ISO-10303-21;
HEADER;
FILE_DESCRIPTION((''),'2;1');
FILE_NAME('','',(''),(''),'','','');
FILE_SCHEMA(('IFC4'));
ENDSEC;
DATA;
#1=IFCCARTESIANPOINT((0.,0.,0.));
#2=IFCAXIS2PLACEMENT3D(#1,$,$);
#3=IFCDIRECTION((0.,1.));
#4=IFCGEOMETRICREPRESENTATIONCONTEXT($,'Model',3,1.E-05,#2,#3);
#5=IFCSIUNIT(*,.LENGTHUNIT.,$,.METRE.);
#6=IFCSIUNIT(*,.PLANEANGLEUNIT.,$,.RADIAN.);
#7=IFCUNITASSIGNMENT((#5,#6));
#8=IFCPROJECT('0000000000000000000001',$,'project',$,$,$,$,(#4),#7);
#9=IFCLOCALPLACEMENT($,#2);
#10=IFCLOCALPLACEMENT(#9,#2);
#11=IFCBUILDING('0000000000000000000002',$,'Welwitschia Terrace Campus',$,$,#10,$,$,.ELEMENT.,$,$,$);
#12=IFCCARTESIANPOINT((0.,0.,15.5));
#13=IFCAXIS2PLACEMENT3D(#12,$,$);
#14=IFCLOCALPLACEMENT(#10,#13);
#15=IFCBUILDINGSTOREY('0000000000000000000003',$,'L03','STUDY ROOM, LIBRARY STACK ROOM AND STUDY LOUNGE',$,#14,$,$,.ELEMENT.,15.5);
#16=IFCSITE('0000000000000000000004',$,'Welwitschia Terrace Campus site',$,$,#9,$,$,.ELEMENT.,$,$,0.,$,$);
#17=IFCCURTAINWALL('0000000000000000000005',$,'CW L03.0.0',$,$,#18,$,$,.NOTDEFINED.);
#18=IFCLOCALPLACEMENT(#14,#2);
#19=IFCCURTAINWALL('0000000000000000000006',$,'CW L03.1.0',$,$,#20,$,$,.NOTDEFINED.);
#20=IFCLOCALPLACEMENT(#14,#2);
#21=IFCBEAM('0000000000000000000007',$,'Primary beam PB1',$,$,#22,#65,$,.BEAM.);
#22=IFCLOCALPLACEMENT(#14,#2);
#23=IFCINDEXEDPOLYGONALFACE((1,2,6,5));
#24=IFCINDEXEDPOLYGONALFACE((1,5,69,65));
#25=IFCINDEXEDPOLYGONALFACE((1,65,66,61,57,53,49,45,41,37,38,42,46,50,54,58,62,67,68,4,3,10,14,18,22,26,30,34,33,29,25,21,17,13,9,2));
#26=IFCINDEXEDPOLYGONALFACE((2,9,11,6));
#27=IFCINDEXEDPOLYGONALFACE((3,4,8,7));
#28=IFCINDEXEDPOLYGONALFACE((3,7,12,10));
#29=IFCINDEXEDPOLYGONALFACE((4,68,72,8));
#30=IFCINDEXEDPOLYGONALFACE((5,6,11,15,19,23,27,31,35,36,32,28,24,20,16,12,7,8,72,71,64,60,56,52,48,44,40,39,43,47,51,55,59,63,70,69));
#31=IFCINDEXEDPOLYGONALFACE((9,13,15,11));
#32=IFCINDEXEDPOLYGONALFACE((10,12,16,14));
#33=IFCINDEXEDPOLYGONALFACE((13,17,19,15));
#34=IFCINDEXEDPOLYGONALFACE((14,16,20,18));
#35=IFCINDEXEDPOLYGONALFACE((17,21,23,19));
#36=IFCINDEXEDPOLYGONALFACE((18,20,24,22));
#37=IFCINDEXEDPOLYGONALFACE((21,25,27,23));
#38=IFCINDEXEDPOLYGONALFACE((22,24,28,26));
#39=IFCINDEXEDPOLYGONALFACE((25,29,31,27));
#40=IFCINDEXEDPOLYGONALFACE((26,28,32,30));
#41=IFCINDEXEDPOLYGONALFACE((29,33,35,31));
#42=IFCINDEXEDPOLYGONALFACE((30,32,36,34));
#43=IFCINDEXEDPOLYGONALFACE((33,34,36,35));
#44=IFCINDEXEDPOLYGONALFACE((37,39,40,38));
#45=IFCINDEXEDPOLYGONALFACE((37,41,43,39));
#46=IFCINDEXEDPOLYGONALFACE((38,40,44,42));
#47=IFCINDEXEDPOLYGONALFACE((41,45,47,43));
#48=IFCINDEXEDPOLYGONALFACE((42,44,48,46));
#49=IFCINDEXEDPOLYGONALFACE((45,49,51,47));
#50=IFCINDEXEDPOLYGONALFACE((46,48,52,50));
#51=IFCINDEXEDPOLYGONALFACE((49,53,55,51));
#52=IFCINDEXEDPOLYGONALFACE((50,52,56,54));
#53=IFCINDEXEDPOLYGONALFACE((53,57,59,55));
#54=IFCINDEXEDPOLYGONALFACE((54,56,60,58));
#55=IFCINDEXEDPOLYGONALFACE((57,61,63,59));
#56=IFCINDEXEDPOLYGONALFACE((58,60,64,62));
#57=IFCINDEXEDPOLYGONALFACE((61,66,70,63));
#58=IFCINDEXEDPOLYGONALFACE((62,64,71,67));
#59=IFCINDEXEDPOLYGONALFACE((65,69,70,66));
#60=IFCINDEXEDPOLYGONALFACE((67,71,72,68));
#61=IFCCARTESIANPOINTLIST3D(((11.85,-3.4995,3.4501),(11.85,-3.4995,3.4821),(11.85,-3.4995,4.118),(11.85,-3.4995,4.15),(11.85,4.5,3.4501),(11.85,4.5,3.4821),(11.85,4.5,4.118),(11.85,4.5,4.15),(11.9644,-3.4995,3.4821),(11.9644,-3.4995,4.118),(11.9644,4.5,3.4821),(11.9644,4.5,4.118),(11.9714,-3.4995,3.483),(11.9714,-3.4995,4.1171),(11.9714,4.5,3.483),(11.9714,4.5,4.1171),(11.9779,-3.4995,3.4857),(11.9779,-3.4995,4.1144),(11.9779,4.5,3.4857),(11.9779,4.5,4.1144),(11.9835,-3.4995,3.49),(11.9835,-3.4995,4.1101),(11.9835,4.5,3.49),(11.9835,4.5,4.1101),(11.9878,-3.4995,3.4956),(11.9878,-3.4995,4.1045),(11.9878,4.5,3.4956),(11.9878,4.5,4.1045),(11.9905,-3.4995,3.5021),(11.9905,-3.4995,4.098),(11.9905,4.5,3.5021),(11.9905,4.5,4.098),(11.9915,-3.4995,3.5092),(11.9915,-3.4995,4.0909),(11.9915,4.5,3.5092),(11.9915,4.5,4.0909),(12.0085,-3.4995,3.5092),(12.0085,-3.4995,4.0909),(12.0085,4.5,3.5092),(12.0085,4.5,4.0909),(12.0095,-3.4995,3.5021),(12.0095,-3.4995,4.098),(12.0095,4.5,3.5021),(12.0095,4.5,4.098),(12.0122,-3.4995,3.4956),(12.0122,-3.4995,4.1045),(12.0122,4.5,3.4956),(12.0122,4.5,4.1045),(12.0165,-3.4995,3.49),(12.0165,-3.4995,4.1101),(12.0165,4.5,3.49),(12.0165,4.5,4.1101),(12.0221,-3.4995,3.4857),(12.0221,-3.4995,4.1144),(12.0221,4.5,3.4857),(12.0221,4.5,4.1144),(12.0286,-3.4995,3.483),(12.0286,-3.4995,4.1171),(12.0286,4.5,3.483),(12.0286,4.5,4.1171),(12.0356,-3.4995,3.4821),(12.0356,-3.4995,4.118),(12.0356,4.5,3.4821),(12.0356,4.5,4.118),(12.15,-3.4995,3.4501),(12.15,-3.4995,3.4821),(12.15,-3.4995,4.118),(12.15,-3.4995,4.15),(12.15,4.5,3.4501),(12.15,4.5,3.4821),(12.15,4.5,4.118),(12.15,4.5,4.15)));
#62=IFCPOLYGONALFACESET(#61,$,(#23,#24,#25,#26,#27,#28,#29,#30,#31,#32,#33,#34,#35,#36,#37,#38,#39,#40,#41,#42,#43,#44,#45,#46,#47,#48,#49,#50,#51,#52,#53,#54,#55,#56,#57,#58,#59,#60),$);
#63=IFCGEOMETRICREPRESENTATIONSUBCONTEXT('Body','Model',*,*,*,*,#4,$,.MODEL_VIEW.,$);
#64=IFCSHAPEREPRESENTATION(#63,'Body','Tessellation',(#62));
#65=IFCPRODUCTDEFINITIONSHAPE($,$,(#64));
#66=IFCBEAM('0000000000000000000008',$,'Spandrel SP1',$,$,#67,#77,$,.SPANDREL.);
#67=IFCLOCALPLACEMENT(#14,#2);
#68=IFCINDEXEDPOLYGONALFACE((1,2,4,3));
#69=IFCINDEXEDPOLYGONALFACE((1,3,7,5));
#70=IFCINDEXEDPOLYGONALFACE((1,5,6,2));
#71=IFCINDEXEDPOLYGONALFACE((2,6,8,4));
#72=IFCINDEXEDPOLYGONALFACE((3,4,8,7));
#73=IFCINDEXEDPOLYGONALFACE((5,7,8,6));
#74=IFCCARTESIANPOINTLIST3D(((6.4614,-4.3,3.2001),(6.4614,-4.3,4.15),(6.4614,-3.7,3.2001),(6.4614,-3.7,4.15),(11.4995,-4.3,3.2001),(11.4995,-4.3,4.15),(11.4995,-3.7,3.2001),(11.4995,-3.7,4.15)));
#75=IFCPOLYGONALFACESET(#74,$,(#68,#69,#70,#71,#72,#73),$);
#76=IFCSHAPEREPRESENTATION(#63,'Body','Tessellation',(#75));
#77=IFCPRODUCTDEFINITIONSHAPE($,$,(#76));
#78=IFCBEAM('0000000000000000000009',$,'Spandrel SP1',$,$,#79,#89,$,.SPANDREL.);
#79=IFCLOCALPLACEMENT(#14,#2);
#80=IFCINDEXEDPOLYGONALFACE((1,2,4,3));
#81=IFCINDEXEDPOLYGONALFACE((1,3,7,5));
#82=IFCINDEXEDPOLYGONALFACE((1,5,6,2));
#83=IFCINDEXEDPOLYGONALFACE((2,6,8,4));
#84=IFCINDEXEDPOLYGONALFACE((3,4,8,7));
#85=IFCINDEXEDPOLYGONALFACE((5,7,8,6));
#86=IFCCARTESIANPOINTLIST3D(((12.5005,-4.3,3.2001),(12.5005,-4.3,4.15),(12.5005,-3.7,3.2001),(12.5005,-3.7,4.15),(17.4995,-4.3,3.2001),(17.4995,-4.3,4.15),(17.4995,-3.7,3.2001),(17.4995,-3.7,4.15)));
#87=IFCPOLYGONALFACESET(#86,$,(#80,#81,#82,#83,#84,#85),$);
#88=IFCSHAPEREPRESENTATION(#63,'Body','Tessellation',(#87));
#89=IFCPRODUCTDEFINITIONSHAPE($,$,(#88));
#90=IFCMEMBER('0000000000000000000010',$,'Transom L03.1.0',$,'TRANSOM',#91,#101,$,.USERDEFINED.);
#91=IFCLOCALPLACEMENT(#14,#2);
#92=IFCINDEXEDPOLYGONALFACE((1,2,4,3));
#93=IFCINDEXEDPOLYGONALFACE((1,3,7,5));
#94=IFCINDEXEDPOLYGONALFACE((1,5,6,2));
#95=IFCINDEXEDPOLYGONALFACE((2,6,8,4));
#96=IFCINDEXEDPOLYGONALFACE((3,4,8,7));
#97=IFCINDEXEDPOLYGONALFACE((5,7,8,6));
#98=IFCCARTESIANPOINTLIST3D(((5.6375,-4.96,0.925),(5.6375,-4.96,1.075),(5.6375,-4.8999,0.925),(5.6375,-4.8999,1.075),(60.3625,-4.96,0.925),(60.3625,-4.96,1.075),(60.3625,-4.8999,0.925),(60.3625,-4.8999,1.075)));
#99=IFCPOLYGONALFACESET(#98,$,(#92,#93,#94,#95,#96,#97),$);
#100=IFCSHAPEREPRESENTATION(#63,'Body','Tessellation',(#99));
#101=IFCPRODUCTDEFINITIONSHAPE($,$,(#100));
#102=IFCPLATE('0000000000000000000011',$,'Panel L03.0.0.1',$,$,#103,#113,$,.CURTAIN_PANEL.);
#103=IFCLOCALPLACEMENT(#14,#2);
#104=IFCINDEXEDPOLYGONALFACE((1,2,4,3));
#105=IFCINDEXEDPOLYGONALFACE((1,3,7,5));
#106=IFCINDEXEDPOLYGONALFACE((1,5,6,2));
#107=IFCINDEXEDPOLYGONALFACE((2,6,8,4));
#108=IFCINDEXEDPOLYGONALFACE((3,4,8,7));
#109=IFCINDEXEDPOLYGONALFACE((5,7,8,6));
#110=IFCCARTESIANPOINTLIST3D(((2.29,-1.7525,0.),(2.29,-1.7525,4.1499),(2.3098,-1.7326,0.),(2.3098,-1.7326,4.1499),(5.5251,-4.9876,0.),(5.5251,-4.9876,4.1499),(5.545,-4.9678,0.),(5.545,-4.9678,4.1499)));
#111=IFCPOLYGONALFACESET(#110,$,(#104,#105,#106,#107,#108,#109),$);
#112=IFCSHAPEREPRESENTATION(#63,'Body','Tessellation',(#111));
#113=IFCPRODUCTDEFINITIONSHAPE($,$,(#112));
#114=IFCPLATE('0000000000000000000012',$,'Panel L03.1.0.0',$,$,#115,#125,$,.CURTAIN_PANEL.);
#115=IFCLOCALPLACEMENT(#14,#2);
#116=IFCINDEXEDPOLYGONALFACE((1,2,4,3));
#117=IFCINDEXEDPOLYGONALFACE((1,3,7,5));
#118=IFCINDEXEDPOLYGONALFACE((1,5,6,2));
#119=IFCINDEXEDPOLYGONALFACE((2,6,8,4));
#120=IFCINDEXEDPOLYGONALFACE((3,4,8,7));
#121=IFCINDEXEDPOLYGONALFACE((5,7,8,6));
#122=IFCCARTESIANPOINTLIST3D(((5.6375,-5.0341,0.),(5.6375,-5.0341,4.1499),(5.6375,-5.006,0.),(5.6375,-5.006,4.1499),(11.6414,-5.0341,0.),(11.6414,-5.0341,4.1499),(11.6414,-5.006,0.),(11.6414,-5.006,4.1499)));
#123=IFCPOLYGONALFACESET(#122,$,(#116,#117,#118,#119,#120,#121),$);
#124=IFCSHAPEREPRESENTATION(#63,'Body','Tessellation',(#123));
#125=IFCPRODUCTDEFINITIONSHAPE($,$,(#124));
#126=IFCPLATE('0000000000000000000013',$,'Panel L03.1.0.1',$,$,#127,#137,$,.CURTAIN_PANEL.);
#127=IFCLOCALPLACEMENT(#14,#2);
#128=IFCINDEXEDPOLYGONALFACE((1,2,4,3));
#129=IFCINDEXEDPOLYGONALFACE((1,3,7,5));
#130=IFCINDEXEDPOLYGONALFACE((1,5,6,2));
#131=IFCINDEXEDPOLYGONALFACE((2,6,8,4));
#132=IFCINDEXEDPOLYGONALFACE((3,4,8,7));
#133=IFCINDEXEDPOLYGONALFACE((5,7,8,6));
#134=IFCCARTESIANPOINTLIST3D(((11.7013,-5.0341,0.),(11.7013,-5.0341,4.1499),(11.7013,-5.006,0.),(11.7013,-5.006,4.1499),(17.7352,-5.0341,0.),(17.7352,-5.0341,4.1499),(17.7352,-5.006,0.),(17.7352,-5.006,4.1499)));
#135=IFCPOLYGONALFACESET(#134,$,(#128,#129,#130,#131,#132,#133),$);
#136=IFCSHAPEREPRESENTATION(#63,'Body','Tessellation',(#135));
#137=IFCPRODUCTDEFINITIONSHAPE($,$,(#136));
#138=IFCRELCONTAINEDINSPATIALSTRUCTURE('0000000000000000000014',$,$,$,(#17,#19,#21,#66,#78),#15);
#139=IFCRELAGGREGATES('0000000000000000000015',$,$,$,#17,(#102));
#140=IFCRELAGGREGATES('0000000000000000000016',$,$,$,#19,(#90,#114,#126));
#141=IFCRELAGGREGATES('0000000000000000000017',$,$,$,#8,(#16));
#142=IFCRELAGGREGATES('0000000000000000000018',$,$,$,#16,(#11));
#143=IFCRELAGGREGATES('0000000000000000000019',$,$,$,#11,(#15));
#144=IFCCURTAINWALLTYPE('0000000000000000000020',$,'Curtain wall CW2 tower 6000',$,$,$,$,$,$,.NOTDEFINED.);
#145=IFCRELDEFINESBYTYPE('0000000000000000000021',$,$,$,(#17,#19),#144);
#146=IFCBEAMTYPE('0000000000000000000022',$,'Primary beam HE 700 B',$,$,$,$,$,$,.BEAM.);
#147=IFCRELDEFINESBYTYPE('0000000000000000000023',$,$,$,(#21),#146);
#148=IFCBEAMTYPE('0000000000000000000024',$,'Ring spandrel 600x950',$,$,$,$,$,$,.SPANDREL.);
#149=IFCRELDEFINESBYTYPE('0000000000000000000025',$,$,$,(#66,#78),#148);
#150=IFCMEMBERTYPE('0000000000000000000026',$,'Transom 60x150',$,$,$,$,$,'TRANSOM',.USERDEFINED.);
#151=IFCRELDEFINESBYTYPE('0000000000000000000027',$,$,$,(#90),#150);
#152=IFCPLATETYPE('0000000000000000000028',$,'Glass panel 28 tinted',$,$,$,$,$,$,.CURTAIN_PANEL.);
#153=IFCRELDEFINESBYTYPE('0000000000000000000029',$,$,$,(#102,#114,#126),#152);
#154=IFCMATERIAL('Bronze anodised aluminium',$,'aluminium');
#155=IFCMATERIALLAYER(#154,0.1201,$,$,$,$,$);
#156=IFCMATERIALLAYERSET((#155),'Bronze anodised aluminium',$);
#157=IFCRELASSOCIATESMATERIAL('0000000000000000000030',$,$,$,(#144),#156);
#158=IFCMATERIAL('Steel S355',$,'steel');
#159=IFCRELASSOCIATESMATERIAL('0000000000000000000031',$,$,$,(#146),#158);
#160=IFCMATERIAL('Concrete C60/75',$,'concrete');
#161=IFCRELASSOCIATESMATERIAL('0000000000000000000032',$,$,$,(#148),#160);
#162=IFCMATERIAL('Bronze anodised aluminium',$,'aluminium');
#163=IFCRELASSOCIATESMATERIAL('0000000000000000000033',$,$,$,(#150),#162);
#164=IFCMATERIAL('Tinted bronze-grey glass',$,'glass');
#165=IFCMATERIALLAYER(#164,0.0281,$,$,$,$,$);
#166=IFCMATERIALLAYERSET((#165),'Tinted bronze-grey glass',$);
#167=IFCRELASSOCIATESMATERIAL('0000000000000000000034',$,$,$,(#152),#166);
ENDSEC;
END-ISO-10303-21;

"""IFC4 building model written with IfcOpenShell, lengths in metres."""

from ifc_helpers import new_model, si_unit, direction, frame, origin, origin_2d, place, context, subcontext, project, spatial, rectangle, i_section, extrude, material, layer, layer_set, material_profile, profile_set, type_object, element, aggregate, save


model = new_model("IFC4")

# Units and contexts
model_context = context("Model", 3, precision=1e-05, world=origin(), true_north=direction((0.0, 1.0)))
body_context = subcontext(model_context, "Body", "Model", "MODEL_VIEW")
ifc_project = project(units=[si_unit("LENGTHUNIT", "METRE"), si_unit("PLANEANGLEUNIT", "RADIAN")], contexts=[model_context])

# Site, building, storey
site_placement = place(None, origin())
site = spatial("IfcSite", under=ifc_project, at=site_placement, Name="Welwitschia Terrace Campus site", CompositionType="ELEMENT", RefElevation=0.0)
building_placement = place(site_placement, origin())
building = spatial("IfcBuilding", under=site, at=building_placement, Name="Welwitschia Terrace Campus", CompositionType="ELEMENT")
storey_placement = place(building_placement, frame((0.0, 0.0, 15.5)))
storey = spatial("IfcBuildingStorey", under=building, at=storey_placement, Name="L03", Description="STUDY ROOM, LIBRARY STACK ROOM AND STUDY LOUNGE", CompositionType="ELEMENT", Elevation=15.5)

# Curtain wall
ifc_material_1 = material(Name="Bronze anodised aluminium", Category="aluminium")
ifc_layer_1 = layer(ifc_material_1, 0.1201)
ifc_layer_set_1 = layer_set([ifc_layer_1], Name="Bronze anodised aluminium")
curtain_wall_type = type_object("IfcCurtainWallType", Name="Curtain wall CW2 tower 6000", PredefinedType="NOTDEFINED", material=ifc_layer_set_1)
curtain_wall_1_placement = place(storey_placement, origin())
curtain_wall_1 = element("IfcCurtainWall", 1, at=curtain_wall_1_placement, inside=storey, type_object=curtain_wall_type, Name="CW L03.0.0", PredefinedType="NOTDEFINED")

# Curtain wall
curtain_wall_2_placement = place(storey_placement, origin())
curtain_wall_2 = element("IfcCurtainWall", 2, at=curtain_wall_2_placement, inside=storey, type_object=curtain_wall_type, Name="CW L03.1.0", PredefinedType="NOTDEFINED")

# Beams
ifc_material_2 = material(Name="Steel S355", Category="steel")
ifc_material_profile_1 = material_profile(ifc_material_2, i_section(OverallWidth=0.3, OverallDepth=0.7, WebThickness=0.0171, FlangeThickness=0.032, FilletRadius=0.0271, at=origin_2d()))
ifc_profile_set_1 = profile_set([ifc_material_profile_1], Name="Steel S355")
beam_type_1 = type_object("IfcBeamType", Name="Primary beam HE 700 B", PredefinedType="BEAM", material=ifc_profile_set_1)
beam_1_placement = place(storey_placement, frame((12.0, -3.4995, 3.8), z_axis=(0.0, 1.0, 0.0), x_axis=(-1.0, 0.0, 0.0)))
element("IfcBeam", 3, at=beam_1_placement, inside=storey, type_object=beam_type_1, Name="Primary beam PB1", PredefinedType="BEAM", context=body_context, shape_type="SweptSolid", body=[
    extrude(i_section(OverallWidth=0.3, OverallDepth=0.7, WebThickness=0.0171, FlangeThickness=0.032, FilletRadius=0.0271, at=origin_2d()), origin(), (0.0, 0.0, 1.0), 7.9995),
])
ifc_material_3 = material(Name="Concrete C60/75", Category="concrete")
ifc_material_profile_2 = material_profile(ifc_material_3, rectangle(XDim=0.6001, YDim=0.95, at=origin_2d()))
ifc_profile_set_2 = profile_set([ifc_material_profile_2], Name="Concrete C60/75")
beam_type_2 = type_object("IfcBeamType", Name="Ring spandrel 600x950", PredefinedType="SPANDREL", material=ifc_profile_set_2)
beam_2_placement = place(storey_placement, frame((6.4614, -4.0, 3.675), z_axis=(1.0, 0.0, 0.0), x_axis=(0.0, 1.0, 0.0)))
element("IfcBeam", 4, at=beam_2_placement, inside=storey, type_object=beam_type_2, Name="Spandrel SP1", PredefinedType="SPANDREL", context=body_context, shape_type="SweptSolid", body=[
    extrude(rectangle(XDim=0.6001, YDim=0.95, at=origin_2d()), origin(), (0.0, 0.0, 1.0), 5.0381),
])
beam_3_placement = place(storey_placement, frame((12.5005, -4.0, 3.675), z_axis=(1.0, 0.0, 0.0), x_axis=(0.0, 1.0, 0.0)))
element("IfcBeam", 5, at=beam_3_placement, inside=storey, type_object=beam_type_2, Name="Spandrel SP1", PredefinedType="SPANDREL", context=body_context, shape_type="SweptSolid", body=[
    extrude(rectangle(XDim=0.6001, YDim=0.95, at=origin_2d()), origin(), (0.0, 0.0, 1.0), 4.999),
])

# Member
ifc_material_4 = material(Name="Bronze anodised aluminium", Category="aluminium")
ifc_material_profile_3 = material_profile(ifc_material_4, rectangle(XDim=0.0601, YDim=0.1499, at=origin_2d()))
ifc_profile_set_3 = profile_set([ifc_material_profile_3], Name="Bronze anodised aluminium")
member_type_1 = type_object("IfcMemberType", Name="Transom 60x150", ElementType="TRANSOM", PredefinedType="USERDEFINED", material=ifc_profile_set_3)
member_1_placement = place(storey_placement, frame((5.6375, -4.9299, 1.0), z_axis=(1.0, 0.0, 0.0), x_axis=(0.0, 1.0, 0.0)))
member_1 = element("IfcMember", 6, at=member_1_placement, type_object=member_type_1, Name="Transom L03.1.0", ObjectType="TRANSOM", PredefinedType="USERDEFINED", context=body_context, shape_type="SweptSolid", body=[
    extrude(rectangle(XDim=0.0601, YDim=0.1499, at=origin_2d()), origin(), (0.0, 0.0, 1.0), 54.7251),
])

# Plates
ifc_material_5 = material(Name="Tinted bronze-grey glass", Category="glass")
ifc_layer_2 = layer(ifc_material_5, 0.0281)
ifc_layer_set_2 = layer_set([ifc_layer_2], Name="Tinted bronze-grey glass")
plate_type = type_object("IfcPlateType", Name="Glass panel 28 tinted", PredefinedType="CURTAIN_PANEL", material=ifc_layer_set_2)
plate_1_placement = place(storey_placement, frame((3.9175, -3.3601, 0.0), z_axis=(0.0, 0.0, 1.0), x_axis=(0.707107, -0.707107, 0.0)))
plate_1 = element("IfcPlate", 7, at=plate_1_placement, type_object=plate_type, Name="Panel L03.0.0.1", PredefinedType="CURTAIN_PANEL", context=body_context, shape_type="SweptSolid", body=[
    extrude(rectangle(XDim=4.5752, YDim=0.0281, at=origin_2d()), origin(), (0.0, 0.0, 1.0), 4.1499),
])
aggregate(curtain_wall_1, [plate_1])
plate_2_placement = place(storey_placement, frame((8.6394, -5.02, 0.0), z_axis=(0.0, 0.0, 1.0), x_axis=(1.0, 0.0, 0.0)))
plate_2 = element("IfcPlate", 8, at=plate_2_placement, type_object=plate_type, Name="Panel L03.1.0.0", PredefinedType="CURTAIN_PANEL", context=body_context, shape_type="SweptSolid", body=[
    extrude(rectangle(XDim=6.0039, YDim=0.0281, at=origin_2d()), origin(), (0.0, 0.0, 1.0), 4.1499),
])
plate_3_placement = place(storey_placement, frame((14.7183, -5.02, 0.0), z_axis=(0.0, 0.0, 1.0), x_axis=(1.0, 0.0, 0.0)))
plate_3 = element("IfcPlate", 9, at=plate_3_placement, type_object=plate_type, Name="Panel L03.1.0.1", PredefinedType="CURTAIN_PANEL", context=body_context, shape_type="SweptSolid", body=[
    extrude(rectangle(XDim=6.0339, YDim=0.0281, at=origin_2d()), origin(), (0.0, 0.0, 1.0), 4.1499),
])
aggregate(curtain_wall_2, [member_1, plate_2, plate_3])

save(model, "model.ifc")
